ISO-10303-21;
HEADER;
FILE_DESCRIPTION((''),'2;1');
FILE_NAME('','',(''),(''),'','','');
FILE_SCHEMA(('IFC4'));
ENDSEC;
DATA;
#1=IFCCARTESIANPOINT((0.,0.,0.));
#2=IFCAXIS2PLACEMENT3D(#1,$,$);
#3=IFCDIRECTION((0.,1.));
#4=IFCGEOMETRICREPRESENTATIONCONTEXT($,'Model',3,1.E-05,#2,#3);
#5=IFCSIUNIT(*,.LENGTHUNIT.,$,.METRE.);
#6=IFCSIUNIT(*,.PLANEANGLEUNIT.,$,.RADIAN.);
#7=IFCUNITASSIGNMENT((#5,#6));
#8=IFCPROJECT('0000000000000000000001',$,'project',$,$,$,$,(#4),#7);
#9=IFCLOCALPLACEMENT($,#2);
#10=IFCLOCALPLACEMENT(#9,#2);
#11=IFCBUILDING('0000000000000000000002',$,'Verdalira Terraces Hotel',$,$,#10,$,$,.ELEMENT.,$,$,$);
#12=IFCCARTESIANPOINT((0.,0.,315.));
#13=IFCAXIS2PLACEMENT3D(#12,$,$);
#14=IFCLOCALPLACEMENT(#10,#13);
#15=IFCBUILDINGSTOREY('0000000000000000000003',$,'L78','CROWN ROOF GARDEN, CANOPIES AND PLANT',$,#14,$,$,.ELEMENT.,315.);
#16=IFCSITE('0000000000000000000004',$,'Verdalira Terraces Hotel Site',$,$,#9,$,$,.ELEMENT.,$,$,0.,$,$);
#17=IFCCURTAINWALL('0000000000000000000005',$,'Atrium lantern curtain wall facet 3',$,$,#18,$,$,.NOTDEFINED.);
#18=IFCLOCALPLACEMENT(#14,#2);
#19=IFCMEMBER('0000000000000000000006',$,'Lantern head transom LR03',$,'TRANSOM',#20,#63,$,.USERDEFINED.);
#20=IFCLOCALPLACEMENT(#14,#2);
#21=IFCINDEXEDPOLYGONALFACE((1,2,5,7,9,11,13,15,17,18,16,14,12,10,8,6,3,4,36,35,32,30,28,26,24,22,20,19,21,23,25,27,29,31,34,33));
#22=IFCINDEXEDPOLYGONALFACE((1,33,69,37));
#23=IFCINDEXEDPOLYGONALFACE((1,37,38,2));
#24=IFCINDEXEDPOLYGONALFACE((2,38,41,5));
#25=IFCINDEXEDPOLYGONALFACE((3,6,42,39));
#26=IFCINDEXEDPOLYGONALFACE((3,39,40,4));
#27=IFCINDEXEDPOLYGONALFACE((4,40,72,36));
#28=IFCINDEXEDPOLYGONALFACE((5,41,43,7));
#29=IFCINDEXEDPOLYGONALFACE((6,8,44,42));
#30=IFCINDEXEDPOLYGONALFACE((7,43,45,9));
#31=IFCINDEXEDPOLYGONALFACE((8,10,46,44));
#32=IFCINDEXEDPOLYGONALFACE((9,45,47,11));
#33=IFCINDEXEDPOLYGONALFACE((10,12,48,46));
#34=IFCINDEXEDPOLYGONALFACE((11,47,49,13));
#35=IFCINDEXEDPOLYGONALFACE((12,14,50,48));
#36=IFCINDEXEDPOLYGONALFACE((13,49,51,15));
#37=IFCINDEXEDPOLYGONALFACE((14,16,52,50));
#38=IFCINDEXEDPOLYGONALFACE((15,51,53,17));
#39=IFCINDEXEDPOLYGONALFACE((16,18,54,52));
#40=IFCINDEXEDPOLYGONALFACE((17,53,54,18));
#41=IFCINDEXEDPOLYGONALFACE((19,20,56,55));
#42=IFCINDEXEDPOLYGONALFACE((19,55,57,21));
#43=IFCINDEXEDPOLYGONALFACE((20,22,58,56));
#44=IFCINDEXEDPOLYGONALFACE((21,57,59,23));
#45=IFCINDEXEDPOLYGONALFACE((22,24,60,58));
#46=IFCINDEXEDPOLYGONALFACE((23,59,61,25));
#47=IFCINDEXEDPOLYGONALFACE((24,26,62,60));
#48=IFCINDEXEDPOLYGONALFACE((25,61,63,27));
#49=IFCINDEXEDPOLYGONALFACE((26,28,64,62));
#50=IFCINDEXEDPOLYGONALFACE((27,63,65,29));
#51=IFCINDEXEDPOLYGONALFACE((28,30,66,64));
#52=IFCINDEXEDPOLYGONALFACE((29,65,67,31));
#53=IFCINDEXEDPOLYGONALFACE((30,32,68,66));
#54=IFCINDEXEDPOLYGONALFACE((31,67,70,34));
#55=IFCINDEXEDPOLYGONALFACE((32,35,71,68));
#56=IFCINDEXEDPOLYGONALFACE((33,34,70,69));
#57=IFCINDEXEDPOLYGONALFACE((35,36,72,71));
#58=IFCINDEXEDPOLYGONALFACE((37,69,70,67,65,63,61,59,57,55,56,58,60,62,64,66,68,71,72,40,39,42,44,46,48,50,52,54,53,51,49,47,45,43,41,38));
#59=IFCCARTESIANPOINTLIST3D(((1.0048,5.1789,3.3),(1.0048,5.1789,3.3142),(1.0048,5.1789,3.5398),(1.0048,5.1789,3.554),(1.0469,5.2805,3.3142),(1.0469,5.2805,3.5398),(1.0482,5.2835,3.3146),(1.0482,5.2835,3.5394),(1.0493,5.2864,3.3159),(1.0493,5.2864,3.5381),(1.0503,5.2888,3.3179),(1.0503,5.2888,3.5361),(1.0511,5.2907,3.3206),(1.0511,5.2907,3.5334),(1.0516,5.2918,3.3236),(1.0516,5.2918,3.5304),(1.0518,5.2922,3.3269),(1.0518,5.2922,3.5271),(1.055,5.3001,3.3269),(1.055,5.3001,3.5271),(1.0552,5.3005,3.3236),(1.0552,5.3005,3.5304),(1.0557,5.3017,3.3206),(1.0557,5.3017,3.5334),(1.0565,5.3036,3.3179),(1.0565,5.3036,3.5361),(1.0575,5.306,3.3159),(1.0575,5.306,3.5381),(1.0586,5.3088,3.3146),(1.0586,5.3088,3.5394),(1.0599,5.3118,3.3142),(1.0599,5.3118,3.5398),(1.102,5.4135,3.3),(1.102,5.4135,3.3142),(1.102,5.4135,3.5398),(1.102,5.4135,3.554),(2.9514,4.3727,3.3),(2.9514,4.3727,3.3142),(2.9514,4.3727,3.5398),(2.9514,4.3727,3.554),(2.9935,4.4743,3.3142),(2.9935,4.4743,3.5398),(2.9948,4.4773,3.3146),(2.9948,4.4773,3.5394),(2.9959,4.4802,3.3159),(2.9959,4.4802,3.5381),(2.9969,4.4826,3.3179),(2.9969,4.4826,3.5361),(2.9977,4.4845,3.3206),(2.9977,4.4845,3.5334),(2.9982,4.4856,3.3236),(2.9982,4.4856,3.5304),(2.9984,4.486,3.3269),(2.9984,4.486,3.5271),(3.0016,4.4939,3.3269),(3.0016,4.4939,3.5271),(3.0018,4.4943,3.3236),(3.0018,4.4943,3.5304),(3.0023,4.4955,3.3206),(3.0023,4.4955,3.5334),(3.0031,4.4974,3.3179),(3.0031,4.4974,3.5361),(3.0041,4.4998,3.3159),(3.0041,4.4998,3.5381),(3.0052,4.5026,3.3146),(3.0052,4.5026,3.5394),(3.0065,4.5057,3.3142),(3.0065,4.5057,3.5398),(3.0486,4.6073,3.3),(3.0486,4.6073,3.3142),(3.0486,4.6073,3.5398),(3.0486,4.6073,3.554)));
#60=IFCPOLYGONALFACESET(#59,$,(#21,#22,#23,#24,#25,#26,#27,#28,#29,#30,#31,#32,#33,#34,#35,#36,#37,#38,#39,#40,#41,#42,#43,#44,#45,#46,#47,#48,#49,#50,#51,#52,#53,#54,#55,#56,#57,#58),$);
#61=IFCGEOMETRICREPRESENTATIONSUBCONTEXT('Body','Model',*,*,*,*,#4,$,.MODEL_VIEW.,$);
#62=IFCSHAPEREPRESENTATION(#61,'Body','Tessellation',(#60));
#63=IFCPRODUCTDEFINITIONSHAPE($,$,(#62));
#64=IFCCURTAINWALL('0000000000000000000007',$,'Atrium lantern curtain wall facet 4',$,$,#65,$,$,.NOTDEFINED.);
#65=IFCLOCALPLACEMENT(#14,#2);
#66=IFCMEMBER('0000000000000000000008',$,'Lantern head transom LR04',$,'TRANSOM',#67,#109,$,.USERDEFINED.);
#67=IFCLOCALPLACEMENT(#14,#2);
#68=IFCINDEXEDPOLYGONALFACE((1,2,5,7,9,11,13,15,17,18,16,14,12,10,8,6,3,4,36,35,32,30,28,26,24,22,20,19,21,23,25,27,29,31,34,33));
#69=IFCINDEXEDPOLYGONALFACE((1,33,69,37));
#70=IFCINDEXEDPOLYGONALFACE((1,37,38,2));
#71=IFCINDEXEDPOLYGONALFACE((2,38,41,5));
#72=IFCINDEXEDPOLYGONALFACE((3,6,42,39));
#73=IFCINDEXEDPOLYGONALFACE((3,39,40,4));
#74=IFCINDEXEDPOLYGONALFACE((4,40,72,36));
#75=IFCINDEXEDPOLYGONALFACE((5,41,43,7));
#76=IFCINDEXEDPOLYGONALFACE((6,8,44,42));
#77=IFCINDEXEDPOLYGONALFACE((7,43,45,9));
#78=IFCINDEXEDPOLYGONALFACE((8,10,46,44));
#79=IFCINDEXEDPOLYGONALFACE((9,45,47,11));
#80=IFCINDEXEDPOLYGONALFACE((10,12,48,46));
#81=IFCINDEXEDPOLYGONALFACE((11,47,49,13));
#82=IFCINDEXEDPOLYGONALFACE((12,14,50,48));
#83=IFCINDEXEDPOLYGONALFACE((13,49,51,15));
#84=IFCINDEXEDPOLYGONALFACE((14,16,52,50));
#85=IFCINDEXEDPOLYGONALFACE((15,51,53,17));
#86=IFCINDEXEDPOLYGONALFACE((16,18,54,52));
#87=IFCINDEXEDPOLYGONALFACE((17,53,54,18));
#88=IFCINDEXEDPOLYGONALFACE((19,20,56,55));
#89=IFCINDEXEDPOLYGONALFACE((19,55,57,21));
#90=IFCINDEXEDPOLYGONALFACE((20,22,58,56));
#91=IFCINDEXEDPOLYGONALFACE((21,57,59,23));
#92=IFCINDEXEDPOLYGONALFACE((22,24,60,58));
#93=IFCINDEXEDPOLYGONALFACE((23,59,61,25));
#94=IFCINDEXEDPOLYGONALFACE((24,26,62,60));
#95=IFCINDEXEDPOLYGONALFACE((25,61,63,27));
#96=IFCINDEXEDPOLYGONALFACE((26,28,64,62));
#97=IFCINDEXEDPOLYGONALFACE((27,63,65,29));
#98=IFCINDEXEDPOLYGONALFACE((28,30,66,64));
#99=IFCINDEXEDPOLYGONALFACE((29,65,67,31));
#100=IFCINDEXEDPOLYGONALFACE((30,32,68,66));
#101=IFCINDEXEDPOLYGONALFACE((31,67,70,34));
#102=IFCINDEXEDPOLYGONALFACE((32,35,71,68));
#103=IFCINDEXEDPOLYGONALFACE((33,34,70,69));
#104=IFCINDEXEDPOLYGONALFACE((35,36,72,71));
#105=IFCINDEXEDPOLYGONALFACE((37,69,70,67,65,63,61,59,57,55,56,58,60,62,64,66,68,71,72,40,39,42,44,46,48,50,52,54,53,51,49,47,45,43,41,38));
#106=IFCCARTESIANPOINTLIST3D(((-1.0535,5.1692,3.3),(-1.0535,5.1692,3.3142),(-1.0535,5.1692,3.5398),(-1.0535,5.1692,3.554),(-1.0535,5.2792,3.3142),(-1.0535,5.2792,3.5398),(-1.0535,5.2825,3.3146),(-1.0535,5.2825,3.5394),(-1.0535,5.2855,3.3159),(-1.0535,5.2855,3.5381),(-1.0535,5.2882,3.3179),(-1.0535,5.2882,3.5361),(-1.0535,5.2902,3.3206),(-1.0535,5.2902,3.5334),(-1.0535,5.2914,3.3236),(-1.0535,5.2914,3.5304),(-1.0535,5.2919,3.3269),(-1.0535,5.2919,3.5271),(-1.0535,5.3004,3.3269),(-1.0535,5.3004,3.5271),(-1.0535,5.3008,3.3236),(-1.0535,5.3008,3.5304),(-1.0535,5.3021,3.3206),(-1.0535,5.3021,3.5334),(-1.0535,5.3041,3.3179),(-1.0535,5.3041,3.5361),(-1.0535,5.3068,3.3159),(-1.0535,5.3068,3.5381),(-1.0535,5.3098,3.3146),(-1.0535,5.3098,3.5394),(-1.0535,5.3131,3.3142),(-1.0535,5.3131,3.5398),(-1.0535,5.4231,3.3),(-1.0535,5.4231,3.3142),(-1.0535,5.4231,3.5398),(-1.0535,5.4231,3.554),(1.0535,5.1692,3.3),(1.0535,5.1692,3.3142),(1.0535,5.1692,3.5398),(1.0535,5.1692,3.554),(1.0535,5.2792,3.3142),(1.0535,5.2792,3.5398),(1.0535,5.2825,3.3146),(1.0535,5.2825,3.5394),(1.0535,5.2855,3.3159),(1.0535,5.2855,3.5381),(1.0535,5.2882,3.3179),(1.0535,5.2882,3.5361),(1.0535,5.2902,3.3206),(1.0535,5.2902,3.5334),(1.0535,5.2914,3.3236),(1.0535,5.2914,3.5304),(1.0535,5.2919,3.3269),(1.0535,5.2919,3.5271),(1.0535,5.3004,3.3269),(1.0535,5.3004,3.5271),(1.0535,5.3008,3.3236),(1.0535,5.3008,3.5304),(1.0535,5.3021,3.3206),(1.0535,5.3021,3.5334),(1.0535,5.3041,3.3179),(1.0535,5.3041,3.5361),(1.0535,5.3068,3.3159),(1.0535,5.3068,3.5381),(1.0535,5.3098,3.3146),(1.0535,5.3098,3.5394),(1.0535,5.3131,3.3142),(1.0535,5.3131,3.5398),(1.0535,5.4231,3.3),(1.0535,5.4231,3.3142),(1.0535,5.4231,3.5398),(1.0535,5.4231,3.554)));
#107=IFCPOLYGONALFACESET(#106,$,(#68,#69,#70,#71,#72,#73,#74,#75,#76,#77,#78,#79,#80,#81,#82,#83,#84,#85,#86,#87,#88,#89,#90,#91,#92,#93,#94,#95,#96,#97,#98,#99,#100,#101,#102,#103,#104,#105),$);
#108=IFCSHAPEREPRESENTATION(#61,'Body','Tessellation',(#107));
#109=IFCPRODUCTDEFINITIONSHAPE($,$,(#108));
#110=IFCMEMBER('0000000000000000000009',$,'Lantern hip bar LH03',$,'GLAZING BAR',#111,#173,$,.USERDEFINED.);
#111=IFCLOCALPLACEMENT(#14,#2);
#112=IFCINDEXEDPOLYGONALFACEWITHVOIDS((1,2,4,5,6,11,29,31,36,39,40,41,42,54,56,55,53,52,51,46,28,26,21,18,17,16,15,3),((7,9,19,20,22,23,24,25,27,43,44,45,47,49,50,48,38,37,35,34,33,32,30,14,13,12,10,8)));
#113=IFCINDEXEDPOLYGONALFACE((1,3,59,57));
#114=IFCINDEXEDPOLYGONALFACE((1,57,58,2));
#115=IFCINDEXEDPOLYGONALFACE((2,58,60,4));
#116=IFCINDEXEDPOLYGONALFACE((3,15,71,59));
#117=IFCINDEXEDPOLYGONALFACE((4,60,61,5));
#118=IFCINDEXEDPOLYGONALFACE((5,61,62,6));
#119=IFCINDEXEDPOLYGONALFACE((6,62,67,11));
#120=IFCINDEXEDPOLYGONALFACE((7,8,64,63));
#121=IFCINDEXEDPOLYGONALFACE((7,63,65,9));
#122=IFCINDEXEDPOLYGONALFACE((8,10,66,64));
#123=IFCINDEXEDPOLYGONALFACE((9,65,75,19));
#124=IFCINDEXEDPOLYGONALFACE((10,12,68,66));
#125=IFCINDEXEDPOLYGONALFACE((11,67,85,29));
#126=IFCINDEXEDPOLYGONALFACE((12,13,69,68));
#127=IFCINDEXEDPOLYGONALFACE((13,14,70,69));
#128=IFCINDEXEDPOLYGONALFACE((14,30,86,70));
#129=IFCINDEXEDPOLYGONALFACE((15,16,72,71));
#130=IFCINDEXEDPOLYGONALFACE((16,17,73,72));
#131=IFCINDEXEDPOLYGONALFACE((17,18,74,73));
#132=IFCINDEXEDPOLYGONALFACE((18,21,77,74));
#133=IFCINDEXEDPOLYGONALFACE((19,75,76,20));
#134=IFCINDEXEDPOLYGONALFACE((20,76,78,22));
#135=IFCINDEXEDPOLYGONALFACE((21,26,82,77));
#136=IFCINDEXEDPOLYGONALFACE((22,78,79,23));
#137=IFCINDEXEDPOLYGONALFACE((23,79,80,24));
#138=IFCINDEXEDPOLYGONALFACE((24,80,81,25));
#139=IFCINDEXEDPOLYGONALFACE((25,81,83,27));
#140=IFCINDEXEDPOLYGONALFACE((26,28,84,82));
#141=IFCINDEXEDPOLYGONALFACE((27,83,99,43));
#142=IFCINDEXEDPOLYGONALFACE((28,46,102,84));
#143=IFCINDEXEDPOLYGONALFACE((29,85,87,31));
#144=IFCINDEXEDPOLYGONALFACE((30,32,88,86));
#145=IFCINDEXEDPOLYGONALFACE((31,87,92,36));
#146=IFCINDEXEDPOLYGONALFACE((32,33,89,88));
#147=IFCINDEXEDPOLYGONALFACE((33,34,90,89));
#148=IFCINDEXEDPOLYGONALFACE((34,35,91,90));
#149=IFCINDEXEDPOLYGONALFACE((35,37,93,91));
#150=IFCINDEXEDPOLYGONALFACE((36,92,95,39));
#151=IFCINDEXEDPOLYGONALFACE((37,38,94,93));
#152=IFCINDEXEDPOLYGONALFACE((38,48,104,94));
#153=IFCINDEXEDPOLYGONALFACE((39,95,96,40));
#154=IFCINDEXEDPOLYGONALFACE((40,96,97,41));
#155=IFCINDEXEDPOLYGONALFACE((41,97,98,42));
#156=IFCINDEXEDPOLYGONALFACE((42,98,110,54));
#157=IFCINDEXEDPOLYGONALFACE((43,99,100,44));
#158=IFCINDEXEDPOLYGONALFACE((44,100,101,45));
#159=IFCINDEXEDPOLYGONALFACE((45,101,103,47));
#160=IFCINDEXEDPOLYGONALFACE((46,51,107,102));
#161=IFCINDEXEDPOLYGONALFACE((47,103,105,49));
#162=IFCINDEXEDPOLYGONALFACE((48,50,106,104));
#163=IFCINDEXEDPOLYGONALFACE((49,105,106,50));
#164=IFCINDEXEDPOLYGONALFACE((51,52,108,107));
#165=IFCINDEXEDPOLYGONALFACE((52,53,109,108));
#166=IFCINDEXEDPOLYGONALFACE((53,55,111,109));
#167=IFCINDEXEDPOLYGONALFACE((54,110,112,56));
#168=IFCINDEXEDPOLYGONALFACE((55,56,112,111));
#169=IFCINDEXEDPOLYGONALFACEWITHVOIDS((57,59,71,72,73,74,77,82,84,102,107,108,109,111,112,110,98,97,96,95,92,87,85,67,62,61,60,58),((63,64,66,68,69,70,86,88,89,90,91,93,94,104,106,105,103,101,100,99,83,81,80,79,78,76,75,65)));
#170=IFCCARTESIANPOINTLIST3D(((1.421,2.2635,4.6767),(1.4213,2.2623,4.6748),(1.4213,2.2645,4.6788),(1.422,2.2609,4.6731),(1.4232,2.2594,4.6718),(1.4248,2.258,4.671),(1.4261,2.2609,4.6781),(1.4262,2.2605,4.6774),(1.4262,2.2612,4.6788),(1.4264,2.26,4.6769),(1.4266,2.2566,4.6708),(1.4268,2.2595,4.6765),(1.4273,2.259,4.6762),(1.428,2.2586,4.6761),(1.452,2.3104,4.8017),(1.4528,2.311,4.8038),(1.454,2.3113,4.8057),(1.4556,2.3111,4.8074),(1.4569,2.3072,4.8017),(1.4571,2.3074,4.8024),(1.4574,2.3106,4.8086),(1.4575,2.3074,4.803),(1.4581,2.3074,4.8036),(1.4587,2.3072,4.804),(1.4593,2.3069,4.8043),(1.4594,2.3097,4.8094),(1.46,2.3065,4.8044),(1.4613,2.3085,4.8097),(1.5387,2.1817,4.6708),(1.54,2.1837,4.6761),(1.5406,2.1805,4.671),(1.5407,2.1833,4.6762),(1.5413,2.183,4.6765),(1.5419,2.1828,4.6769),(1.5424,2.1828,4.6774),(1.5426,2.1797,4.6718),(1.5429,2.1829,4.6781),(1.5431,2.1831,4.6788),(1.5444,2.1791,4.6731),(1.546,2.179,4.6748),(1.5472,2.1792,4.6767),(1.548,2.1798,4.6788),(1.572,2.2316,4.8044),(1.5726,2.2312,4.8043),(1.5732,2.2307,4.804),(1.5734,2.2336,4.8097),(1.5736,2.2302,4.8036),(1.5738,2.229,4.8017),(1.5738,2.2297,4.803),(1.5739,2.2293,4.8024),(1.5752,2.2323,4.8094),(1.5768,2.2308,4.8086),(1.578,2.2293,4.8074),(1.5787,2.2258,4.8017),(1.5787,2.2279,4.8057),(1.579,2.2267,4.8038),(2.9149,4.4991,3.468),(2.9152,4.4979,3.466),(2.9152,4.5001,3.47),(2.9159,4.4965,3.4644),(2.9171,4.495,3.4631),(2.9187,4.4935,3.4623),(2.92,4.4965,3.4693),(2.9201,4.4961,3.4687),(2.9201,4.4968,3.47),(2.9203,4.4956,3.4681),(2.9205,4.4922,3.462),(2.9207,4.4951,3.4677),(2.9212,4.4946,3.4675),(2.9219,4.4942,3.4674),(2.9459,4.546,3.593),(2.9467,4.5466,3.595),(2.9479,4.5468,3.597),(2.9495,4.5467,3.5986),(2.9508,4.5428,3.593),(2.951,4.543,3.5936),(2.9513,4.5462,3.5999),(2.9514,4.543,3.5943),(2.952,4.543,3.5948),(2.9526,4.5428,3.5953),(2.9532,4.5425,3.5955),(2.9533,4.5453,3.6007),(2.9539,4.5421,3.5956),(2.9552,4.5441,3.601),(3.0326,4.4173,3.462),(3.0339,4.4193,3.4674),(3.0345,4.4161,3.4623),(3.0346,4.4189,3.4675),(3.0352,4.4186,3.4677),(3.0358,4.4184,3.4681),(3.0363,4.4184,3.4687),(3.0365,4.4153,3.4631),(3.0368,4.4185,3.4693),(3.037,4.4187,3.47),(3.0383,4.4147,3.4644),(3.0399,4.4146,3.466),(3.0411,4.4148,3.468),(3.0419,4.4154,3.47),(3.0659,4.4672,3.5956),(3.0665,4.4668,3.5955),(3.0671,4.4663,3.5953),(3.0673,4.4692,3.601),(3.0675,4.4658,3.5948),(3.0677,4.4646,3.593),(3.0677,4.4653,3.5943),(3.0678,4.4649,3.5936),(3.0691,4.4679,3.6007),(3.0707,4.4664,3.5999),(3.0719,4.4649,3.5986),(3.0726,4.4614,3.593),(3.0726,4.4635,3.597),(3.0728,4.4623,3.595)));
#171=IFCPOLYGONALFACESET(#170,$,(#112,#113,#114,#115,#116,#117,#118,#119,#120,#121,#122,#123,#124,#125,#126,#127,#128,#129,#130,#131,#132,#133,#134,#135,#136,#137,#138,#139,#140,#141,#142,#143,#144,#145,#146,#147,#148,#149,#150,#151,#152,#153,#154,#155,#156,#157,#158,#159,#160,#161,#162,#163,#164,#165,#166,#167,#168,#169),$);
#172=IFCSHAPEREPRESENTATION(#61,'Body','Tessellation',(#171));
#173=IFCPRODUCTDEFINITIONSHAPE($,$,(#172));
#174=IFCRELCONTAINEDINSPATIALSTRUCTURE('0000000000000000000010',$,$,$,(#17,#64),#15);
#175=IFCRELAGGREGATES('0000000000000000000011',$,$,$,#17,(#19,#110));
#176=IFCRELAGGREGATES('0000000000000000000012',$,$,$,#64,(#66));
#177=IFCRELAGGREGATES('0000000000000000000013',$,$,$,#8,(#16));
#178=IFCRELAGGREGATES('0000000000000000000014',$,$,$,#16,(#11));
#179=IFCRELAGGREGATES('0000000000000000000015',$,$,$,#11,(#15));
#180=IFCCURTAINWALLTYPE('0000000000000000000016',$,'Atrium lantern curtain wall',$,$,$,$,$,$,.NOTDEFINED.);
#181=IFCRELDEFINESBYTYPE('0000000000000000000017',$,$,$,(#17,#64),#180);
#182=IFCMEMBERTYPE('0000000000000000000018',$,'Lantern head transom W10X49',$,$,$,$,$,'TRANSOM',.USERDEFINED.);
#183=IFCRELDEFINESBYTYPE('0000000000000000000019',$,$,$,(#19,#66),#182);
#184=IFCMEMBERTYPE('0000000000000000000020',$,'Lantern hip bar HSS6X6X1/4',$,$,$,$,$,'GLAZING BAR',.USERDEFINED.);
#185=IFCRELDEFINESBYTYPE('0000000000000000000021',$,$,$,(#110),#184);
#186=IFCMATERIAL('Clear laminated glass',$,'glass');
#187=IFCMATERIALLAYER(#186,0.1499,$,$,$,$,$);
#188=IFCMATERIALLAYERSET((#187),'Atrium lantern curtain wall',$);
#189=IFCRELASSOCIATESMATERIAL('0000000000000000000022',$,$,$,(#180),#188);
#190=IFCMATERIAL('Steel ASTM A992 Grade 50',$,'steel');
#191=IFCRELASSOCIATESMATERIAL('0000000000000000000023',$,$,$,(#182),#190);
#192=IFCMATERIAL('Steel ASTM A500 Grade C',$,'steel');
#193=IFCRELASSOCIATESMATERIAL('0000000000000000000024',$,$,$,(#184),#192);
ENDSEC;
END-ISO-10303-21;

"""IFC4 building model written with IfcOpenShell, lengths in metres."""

from ifc_helpers import new_model, si_unit, direction, frame, origin, origin_2d, place, context, subcontext, project, spatial, hollow_rectangle, i_section, extrude, material, layer, layer_set, material_profile, profile_set, type_object, element, aggregate, save


model = new_model("IFC4")

# Units and contexts
model_context = context("Model", 3, precision=1e-05, world=origin(), true_north=direction((0.0, 1.0)))
body_context = subcontext(model_context, "Body", "Model", "MODEL_VIEW")
ifc_project = project(units=[si_unit("LENGTHUNIT", "METRE"), si_unit("PLANEANGLEUNIT", "RADIAN")], contexts=[model_context])

# Site, building, storey
site_placement = place(None, origin())
site = spatial("IfcSite", under=ifc_project, at=site_placement, Name="Verdalira Terraces Hotel Site", CompositionType="ELEMENT", RefElevation=0.0)
building_placement = place(site_placement, origin())
building = spatial("IfcBuilding", under=site, at=building_placement, Name="Verdalira Terraces Hotel", CompositionType="ELEMENT")
storey_placement = place(building_placement, frame((0.0, 0.0, 315.0)))
storey = spatial("IfcBuildingStorey", under=building, at=storey_placement, Name="L78", Description="CROWN ROOF GARDEN, CANOPIES AND PLANT", CompositionType="ELEMENT", Elevation=315.0)

# Curtain walls, members
ifc_material_1 = material(Name="Clear laminated glass", Category="glass")
ifc_layer_1 = layer(ifc_material_1, 0.1499)
ifc_layer_set_1 = layer_set([ifc_layer_1], Name="Atrium lantern curtain wall")
curtain_wall_type = type_object("IfcCurtainWallType", Name="Atrium lantern curtain wall", PredefinedType="NOTDEFINED", material=ifc_layer_set_1)
curtain_wall_1_placement = place(storey_placement, origin())
curtain_wall_1 = element("IfcCurtainWall", 1, at=curtain_wall_1_placement, inside=storey, type_object=curtain_wall_type, Name="Atrium lantern curtain wall facet 3", PredefinedType="NOTDEFINED")
ifc_material_2 = material(Name="Steel ASTM A992 Grade 50", Category="steel")
ifc_material_profile_1 = material_profile(ifc_material_2, i_section(OverallWidth=0.2539, OverallDepth=0.2539, WebThickness=0.0085, FlangeThickness=0.0142, FilletRadius=0.0127, at=origin_2d()), Name="W10X49")
ifc_profile_set_1 = profile_set([ifc_material_profile_1], Name="Steel ASTM A992 Grade 50")
member_type_1 = type_object("IfcMemberType", Name="Lantern head transom W10X49", ElementType="TRANSOM", PredefinedType="USERDEFINED", material=ifc_profile_set_1)
member_1_placement = place(storey_placement, frame((3.0, 4.49, 3.427), z_axis=(-0.923901, 0.382632, 0.0), x_axis=(-0.382632, -0.923901, 0.0)))
member_1 = element("IfcMember", 2, at=member_1_placement, type_object=member_type_1, Name="Lantern head transom LR03", ObjectType="TRANSOM", PredefinedType="USERDEFINED", context=body_context, shape_type="SweptSolid", body=[
    extrude(i_section(OverallWidth=0.2539, OverallDepth=0.2539, WebThickness=0.0085, FlangeThickness=0.0142, FilletRadius=0.0127, at=origin_2d()), origin(), (0.0, 0.0, 1.0), 2.1069),
])
curtain_wall_2_placement = place(storey_placement, origin())
curtain_wall_2 = element("IfcCurtainWall", 3, at=curtain_wall_2_placement, inside=storey, type_object=curtain_wall_type, Name="Atrium lantern curtain wall facet 4", PredefinedType="NOTDEFINED")
member_2_placement = place(storey_placement, frame((1.0535, 5.2961, 3.427), z_axis=(-1.0, 0.0, 0.0), x_axis=(0.0, -1.0, 0.0)))
member_2 = element("IfcMember", 4, at=member_2_placement, type_object=member_type_1, Name="Lantern head transom LR04", ObjectType="TRANSOM", PredefinedType="USERDEFINED", context=body_context, shape_type="SweptSolid", body=[
    extrude(i_section(OverallWidth=0.2539, OverallDepth=0.2539, WebThickness=0.0085, FlangeThickness=0.0142, FilletRadius=0.0127, at=origin_2d()), origin(), (0.0, 0.0, 1.0), 2.1069),
])

# Member
ifc_material_3 = material(Name="Steel ASTM A500 Grade C", Category="steel")
ifc_material_profile_2 = material_profile(ifc_material_3, hollow_rectangle(XDim=0.1523, YDim=0.1523, WallThickness=0.0059, InnerFilletRadius=0.0029, OuterFilletRadius=0.0088, at=origin_2d()), Name="HSS6X6X1/4")
ifc_profile_set_2 = profile_set([ifc_material_profile_2], Name="Steel ASTM A500 Grade C")
member_type_2 = type_object("IfcMemberType", Name="Lantern hip bar HSS6X6X1/4", ElementType="GLAZING BAR", PredefinedType="USERDEFINED", material=ifc_profile_set_2)
member_3_placement = place(storey_placement, frame((2.9939, 4.4807, 3.5315), z_axis=(-0.50675, -0.758345, 0.410021), x_axis=(0.831449, -0.555601, 0.0)))
member_3 = element("IfcMember", 5, at=member_3_placement, type_object=member_type_2, Name="Lantern hip bar LH03", ObjectType="GLAZING BAR", PredefinedType="USERDEFINED", context=body_context, shape_type="SweptSolid", body=[
    extrude(hollow_rectangle(XDim=0.1523, YDim=0.1523, WallThickness=0.0059, InnerFilletRadius=0.0029, OuterFilletRadius=0.0088, at=origin_2d()), origin(), (0.0, 0.0, 1.0), 2.948),
])

aggregate(curtain_wall_1, [member_1, member_3])
aggregate(curtain_wall_2, [member_2])

save(model, "model.ifc")
